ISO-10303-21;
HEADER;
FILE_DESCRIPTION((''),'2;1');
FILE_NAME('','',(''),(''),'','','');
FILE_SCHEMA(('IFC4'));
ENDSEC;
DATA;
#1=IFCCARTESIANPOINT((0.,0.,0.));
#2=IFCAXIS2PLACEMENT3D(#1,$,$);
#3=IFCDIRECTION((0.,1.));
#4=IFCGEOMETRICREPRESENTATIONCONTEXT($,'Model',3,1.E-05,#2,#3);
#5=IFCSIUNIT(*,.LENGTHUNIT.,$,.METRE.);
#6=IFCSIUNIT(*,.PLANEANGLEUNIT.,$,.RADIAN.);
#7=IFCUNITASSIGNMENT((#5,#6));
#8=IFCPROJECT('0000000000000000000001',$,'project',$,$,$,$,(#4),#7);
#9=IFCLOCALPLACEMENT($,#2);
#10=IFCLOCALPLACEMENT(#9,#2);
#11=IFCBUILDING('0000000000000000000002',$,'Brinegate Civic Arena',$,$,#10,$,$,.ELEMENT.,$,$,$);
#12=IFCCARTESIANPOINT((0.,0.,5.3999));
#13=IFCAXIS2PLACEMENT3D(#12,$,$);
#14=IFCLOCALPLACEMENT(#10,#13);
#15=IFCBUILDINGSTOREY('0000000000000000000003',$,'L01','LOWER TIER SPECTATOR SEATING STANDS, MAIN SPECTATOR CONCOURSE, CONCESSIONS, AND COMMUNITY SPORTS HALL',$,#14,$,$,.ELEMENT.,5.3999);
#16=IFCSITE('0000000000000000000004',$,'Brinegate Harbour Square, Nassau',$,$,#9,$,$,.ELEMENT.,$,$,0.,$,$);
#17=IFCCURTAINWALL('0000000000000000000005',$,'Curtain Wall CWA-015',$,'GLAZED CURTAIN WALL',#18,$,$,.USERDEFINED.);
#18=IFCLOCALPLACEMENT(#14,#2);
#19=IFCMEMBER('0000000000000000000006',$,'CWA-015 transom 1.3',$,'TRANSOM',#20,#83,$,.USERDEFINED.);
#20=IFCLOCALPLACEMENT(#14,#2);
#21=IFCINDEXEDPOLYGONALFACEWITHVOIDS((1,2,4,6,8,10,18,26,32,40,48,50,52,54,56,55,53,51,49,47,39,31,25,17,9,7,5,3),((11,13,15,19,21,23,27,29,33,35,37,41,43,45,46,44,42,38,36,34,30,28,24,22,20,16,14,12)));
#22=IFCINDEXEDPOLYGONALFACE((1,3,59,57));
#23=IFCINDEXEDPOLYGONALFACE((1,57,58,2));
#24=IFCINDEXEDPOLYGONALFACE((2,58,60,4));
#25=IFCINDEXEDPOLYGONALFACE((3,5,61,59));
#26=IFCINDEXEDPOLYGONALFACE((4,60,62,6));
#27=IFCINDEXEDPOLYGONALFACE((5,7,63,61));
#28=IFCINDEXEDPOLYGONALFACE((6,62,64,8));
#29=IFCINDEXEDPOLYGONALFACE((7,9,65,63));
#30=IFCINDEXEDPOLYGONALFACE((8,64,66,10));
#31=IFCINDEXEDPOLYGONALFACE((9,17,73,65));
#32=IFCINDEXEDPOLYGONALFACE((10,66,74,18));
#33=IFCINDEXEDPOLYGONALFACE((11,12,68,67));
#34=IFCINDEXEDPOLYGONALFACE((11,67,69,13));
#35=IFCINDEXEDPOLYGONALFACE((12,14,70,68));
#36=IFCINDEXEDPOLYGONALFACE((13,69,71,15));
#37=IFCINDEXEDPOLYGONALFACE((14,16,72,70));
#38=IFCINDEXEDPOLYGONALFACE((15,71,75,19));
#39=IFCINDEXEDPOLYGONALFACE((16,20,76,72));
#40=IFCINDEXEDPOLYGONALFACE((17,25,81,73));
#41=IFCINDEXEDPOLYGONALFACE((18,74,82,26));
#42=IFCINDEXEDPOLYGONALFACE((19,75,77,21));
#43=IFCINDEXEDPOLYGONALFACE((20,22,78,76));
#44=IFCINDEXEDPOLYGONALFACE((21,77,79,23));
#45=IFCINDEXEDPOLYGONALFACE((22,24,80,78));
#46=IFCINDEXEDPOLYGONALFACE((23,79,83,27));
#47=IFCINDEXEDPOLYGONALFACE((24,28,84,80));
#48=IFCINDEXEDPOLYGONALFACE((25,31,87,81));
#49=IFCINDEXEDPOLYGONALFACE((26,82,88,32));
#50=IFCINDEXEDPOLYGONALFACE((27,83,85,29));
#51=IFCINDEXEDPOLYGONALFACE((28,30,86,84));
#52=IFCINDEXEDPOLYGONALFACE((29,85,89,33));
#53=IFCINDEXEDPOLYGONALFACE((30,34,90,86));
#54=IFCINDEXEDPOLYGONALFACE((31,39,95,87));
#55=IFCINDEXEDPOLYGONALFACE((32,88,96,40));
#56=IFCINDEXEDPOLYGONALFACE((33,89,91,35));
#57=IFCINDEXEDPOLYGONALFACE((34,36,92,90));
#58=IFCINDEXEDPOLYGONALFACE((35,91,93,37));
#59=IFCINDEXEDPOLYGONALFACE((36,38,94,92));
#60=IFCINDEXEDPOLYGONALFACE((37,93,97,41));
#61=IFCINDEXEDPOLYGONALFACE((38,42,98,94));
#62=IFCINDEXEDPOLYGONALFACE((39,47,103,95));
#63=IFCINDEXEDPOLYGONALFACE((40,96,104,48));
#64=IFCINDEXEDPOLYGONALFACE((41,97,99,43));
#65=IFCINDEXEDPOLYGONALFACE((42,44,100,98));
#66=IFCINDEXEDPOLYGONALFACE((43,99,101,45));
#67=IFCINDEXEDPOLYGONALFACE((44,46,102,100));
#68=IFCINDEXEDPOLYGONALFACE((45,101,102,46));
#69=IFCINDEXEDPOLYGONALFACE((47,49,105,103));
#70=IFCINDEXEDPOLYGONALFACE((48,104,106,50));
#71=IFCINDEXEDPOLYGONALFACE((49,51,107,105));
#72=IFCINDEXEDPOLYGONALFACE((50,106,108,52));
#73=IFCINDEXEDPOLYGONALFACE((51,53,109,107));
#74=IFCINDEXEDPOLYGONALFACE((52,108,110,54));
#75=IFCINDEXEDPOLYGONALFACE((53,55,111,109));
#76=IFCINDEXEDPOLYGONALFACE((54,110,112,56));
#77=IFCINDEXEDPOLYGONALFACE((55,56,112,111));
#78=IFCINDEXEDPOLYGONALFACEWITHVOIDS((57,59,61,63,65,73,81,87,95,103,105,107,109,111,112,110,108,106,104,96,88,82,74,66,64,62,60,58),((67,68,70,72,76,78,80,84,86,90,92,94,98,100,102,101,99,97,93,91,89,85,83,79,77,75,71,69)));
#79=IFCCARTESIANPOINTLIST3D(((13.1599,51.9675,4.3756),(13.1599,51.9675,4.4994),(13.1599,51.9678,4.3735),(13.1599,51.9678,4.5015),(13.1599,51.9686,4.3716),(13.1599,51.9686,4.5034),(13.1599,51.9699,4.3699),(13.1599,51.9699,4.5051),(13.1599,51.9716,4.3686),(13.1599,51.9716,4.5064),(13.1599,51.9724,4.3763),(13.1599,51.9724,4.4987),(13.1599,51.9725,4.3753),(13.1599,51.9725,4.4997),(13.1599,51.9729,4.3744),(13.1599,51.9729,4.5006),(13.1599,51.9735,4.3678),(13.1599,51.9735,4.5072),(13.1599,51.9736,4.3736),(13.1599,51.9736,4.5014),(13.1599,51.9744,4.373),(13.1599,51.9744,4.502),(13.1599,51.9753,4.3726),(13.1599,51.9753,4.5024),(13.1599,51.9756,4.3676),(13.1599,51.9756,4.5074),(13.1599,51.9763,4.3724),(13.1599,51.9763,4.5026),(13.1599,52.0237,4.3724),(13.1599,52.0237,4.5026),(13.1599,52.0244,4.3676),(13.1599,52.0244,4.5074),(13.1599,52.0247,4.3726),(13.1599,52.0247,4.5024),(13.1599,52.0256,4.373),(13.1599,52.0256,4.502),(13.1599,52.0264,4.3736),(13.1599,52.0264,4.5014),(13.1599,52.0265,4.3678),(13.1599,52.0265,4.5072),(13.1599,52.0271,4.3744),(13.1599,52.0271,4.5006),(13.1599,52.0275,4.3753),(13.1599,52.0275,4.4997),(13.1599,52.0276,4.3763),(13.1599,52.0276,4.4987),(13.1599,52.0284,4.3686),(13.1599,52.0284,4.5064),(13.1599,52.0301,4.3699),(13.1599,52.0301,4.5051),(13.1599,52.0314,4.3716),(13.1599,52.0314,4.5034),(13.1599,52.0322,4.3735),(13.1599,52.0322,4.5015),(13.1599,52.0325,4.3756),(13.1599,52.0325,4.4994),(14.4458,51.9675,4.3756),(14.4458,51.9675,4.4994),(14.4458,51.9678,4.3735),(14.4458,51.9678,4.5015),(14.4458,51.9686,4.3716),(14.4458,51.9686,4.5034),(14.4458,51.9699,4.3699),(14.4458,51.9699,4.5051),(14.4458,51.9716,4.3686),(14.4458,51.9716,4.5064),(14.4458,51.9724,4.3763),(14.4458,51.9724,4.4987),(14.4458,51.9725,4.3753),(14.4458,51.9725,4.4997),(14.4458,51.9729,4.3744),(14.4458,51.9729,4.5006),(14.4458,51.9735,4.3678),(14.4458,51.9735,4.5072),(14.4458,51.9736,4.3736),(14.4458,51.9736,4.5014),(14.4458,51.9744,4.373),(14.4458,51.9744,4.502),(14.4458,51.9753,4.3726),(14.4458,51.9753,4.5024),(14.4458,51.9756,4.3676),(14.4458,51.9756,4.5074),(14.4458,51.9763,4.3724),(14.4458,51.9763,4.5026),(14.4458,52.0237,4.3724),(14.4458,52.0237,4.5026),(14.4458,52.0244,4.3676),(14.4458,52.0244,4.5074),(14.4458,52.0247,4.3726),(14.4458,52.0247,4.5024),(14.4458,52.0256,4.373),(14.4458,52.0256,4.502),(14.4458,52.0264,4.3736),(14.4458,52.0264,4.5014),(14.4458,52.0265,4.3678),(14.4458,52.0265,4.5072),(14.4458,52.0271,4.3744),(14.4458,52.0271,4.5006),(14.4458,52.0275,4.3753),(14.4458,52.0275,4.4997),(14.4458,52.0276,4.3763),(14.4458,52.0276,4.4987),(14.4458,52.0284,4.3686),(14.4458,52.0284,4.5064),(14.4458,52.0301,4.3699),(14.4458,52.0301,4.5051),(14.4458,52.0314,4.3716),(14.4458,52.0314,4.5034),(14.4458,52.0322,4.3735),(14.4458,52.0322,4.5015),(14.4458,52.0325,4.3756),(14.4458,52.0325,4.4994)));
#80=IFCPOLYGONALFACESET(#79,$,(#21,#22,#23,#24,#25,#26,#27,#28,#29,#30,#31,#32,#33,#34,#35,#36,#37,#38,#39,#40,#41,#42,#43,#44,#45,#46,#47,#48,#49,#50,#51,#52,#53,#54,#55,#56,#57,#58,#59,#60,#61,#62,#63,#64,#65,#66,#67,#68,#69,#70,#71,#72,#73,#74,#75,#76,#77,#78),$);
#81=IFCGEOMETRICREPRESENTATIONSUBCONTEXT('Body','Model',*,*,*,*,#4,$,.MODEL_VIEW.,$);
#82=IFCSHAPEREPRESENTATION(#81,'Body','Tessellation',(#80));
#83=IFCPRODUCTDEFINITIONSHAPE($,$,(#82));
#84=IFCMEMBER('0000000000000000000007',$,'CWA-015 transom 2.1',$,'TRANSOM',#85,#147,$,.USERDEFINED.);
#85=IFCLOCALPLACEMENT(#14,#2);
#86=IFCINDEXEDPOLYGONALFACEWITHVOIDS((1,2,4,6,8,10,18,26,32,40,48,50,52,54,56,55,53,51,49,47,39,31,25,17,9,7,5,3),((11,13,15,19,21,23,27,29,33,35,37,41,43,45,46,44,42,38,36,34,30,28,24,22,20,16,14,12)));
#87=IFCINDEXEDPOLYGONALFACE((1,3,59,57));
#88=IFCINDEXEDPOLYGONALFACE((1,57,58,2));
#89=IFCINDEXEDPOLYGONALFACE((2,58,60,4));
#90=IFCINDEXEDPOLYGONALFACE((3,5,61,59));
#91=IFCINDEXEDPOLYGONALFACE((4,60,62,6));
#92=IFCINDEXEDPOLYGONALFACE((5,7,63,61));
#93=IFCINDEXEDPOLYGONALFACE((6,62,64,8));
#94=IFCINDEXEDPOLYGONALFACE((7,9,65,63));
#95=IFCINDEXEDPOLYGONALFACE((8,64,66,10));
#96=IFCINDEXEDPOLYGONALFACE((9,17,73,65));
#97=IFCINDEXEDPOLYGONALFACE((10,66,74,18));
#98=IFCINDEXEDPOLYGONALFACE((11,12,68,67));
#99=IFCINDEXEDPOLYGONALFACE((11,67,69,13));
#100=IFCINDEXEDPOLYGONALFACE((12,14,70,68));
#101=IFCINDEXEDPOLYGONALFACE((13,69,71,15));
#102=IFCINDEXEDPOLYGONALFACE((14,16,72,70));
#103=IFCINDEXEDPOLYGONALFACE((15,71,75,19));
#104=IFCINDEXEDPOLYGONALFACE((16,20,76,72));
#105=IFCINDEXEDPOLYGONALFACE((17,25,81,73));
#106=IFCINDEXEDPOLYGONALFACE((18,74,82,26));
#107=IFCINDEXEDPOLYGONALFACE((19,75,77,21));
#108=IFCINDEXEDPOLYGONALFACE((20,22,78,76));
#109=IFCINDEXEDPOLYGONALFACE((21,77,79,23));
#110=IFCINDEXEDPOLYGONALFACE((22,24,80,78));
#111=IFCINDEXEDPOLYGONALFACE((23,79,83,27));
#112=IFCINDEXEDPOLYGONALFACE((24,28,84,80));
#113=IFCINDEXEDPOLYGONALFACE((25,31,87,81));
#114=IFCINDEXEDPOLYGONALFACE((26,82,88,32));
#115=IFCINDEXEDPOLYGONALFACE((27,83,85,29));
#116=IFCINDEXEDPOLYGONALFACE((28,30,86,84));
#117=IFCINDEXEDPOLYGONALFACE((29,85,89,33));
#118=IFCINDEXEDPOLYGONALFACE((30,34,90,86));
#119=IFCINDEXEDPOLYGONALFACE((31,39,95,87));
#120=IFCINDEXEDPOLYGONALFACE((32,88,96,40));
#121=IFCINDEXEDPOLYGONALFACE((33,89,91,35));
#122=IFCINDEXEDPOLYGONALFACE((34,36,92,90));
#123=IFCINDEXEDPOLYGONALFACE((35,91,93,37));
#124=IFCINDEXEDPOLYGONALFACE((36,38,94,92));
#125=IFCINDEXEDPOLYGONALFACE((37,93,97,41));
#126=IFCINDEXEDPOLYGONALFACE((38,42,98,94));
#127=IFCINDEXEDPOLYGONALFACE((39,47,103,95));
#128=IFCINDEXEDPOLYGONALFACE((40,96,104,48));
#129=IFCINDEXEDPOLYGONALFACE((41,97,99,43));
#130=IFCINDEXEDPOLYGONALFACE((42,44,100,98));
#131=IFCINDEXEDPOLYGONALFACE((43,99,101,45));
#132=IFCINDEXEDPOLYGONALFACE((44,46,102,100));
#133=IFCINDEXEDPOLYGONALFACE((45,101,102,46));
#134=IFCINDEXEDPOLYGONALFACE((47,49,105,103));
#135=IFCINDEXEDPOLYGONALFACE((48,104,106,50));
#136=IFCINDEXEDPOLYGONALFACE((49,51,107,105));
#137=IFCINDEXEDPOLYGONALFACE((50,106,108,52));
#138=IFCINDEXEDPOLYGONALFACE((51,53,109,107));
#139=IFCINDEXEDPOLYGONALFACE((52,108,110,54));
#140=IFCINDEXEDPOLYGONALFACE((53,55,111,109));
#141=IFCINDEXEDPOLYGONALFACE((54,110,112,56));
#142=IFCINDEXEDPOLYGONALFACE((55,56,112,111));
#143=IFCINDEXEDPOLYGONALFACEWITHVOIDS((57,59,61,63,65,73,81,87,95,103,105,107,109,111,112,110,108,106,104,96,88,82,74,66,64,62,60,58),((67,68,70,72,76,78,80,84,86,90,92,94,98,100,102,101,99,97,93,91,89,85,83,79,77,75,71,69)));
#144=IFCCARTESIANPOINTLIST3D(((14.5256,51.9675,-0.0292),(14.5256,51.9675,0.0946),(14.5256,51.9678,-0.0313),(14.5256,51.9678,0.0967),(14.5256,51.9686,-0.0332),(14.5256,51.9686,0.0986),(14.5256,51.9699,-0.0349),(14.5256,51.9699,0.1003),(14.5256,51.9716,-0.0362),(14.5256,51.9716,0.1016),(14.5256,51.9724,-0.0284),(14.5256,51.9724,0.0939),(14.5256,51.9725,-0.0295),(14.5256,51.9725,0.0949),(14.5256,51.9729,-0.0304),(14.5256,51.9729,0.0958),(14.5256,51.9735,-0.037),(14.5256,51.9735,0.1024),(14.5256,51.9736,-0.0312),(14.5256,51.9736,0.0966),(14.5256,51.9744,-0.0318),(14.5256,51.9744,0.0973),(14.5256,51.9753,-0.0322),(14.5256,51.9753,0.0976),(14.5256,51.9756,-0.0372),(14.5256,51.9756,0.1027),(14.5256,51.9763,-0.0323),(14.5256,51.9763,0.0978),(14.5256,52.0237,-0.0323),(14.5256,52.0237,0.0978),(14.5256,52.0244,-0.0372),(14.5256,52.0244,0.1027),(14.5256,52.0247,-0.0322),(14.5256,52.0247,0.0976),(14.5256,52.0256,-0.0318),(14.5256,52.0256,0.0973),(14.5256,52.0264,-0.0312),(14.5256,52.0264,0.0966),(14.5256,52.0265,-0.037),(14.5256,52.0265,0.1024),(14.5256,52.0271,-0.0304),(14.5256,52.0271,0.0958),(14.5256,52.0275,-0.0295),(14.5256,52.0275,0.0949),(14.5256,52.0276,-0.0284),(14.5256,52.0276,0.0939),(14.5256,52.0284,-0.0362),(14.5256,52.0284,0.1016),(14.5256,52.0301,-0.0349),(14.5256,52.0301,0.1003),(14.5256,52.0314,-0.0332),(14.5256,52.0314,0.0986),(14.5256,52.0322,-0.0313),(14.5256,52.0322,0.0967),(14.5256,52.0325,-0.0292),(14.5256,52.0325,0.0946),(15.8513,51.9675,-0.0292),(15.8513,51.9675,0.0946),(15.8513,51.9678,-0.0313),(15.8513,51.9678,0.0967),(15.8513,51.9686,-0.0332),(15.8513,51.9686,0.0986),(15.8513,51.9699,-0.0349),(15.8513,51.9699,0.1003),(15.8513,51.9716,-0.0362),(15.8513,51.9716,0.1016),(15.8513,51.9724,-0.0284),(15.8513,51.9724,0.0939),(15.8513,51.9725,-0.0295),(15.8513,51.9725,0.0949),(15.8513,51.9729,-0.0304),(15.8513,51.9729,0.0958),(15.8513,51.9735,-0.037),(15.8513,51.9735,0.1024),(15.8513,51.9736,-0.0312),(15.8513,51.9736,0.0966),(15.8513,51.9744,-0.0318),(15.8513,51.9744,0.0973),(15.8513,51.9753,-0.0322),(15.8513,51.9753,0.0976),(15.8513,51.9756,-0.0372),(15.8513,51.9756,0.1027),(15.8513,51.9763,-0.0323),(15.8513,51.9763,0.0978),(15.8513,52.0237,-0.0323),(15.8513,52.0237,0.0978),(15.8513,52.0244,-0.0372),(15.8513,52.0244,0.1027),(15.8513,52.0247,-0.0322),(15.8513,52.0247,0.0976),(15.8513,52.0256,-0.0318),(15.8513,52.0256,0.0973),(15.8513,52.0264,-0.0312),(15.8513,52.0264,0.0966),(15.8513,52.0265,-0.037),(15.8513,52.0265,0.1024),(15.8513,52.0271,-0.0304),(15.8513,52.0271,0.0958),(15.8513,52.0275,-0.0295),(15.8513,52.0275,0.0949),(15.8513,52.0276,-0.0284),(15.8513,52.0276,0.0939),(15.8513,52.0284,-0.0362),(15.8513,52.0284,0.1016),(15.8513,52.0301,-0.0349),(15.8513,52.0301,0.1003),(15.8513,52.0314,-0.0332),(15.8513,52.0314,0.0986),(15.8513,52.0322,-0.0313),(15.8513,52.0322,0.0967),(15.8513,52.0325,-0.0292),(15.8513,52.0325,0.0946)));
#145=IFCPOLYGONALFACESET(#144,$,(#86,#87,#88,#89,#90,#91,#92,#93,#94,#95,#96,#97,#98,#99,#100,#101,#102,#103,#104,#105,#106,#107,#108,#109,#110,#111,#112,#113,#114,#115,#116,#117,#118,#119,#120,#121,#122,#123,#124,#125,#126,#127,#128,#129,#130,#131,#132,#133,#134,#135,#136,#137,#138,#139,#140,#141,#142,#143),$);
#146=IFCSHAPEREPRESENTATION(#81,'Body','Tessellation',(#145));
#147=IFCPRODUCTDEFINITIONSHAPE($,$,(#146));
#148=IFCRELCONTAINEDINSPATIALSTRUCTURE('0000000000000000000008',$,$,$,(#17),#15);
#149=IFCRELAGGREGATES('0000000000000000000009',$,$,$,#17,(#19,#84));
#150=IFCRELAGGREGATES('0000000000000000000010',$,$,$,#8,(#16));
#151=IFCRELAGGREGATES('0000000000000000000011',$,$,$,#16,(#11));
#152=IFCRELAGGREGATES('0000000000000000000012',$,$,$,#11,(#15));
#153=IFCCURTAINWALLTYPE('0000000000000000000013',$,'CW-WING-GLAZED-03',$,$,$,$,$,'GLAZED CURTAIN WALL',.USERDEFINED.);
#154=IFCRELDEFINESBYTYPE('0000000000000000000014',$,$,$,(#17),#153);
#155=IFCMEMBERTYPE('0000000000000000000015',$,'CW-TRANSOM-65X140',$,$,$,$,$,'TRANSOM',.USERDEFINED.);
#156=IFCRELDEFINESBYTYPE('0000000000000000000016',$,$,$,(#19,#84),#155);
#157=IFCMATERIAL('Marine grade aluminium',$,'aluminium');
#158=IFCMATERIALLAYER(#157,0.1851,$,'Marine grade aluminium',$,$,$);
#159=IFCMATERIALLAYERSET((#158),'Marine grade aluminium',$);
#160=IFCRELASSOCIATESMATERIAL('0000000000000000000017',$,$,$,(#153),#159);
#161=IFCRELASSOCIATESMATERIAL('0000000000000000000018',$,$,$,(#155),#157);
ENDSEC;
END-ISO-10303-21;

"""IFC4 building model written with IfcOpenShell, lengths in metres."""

from ifc_helpers import new_model, si_unit, direction, frame, origin, origin_2d, place, context, subcontext, project, spatial, hollow_rectangle, extrude, material, layer, layer_set, material_profile, profile_set, type_object, element, aggregate, save


model = new_model("IFC4")

# Units and contexts
model_context = context("Model", 3, precision=1e-05, world=origin(), true_north=direction((0.0, 1.0)))
body_context = subcontext(model_context, "Body", "Model", "MODEL_VIEW")
ifc_project = project(units=[si_unit("LENGTHUNIT", "METRE"), si_unit("PLANEANGLEUNIT", "RADIAN")], contexts=[model_context])

# Site, building, storey
site_placement = place(None, origin())
site = spatial("IfcSite", under=ifc_project, at=site_placement, Name="Brinegate Harbour Square, Nassau", CompositionType="ELEMENT", RefElevation=0.0)
building_placement = place(site_placement, origin())
building = spatial("IfcBuilding", under=site, at=building_placement, Name="Brinegate Civic Arena", CompositionType="ELEMENT")
storey_placement = place(building_placement, frame((0.0, 0.0, 5.3999)))
storey = spatial("IfcBuildingStorey", under=building, at=storey_placement, Name="L01", Description="LOWER TIER SPECTATOR SEATING STANDS, MAIN SPECTATOR CONCOURSE, CONCESSIONS, AND COMMUNITY SPORTS HALL", CompositionType="ELEMENT", Elevation=5.3999)

# Shared definitions
ifc_material_1 = material(Name="Marine grade aluminium", Category="aluminium")
ifc_layer_1 = layer(ifc_material_1, 0.1851, Name="Marine grade aluminium")
ifc_layer_set_1 = layer_set([ifc_layer_1], Name="Marine grade aluminium")
curtain_wall_type = type_object("IfcCurtainWallType", Name="CW-WING-GLAZED-03", ElementType="GLAZED CURTAIN WALL", PredefinedType="USERDEFINED", material=ifc_layer_set_1)

# Curtain wall, members
curtain_wall_1_placement = place(storey_placement, origin())
curtain_wall_1 = element("IfcCurtainWall", 1, at=curtain_wall_1_placement, inside=storey, type_object=curtain_wall_type, Name="Curtain Wall CWA-015", ObjectType="GLAZED CURTAIN WALL", PredefinedType="USERDEFINED")
ifc_material_profile_1 = material_profile(ifc_material_1, hollow_rectangle(XDim=0.0649, YDim=0.1399, WallThickness=0.0049, InnerFilletRadius=0.0039, OuterFilletRadius=0.0081, at=origin_2d()), Name="TRN65X140")
ifc_profile_set_1 = profile_set([ifc_material_profile_1], Name="Marine grade aluminium")
member_type_1 = type_object("IfcMemberType", Name="CW-TRANSOM-65X140", ElementType="TRANSOM", PredefinedType="USERDEFINED", material=ifc_profile_set_1)
member_1_placement = place(storey_placement, frame((13.1599, 52.0, 4.4375), z_axis=(1.0, 0.0, 0.0), x_axis=(0.0, 1.0, 0.0)))
member_1 = element("IfcMember", 2, at=member_1_placement, type_object=member_type_1, Name="CWA-015 transom 1.3", ObjectType="TRANSOM", PredefinedType="USERDEFINED", context=body_context, shape_type="SweptSolid", body=[
    extrude(hollow_rectangle(XDim=0.0649, YDim=0.1399, WallThickness=0.0049, InnerFilletRadius=0.0039, OuterFilletRadius=0.0081, at=origin_2d()), origin(), (0.0, 0.0, 1.0), 1.2859),
])
member_2_placement = place(storey_placement, frame((14.5256, 52.0, 0.0327), z_axis=(1.0, 0.0, 0.0), x_axis=(0.0, 1.0, 0.0)))
member_2 = element("IfcMember", 3, at=member_2_placement, type_object=member_type_1, Name="CWA-015 transom 2.1", ObjectType="TRANSOM", PredefinedType="USERDEFINED", context=body_context, shape_type="SweptSolid", body=[
    extrude(hollow_rectangle(XDim=0.0649, YDim=0.1399, WallThickness=0.0049, InnerFilletRadius=0.0039, OuterFilletRadius=0.0081, at=origin_2d()), origin(), (0.0, 0.0, 1.0), 1.3257),
])

aggregate(curtain_wall_1, [member_1, member_2])

save(model, "model.ifc")
